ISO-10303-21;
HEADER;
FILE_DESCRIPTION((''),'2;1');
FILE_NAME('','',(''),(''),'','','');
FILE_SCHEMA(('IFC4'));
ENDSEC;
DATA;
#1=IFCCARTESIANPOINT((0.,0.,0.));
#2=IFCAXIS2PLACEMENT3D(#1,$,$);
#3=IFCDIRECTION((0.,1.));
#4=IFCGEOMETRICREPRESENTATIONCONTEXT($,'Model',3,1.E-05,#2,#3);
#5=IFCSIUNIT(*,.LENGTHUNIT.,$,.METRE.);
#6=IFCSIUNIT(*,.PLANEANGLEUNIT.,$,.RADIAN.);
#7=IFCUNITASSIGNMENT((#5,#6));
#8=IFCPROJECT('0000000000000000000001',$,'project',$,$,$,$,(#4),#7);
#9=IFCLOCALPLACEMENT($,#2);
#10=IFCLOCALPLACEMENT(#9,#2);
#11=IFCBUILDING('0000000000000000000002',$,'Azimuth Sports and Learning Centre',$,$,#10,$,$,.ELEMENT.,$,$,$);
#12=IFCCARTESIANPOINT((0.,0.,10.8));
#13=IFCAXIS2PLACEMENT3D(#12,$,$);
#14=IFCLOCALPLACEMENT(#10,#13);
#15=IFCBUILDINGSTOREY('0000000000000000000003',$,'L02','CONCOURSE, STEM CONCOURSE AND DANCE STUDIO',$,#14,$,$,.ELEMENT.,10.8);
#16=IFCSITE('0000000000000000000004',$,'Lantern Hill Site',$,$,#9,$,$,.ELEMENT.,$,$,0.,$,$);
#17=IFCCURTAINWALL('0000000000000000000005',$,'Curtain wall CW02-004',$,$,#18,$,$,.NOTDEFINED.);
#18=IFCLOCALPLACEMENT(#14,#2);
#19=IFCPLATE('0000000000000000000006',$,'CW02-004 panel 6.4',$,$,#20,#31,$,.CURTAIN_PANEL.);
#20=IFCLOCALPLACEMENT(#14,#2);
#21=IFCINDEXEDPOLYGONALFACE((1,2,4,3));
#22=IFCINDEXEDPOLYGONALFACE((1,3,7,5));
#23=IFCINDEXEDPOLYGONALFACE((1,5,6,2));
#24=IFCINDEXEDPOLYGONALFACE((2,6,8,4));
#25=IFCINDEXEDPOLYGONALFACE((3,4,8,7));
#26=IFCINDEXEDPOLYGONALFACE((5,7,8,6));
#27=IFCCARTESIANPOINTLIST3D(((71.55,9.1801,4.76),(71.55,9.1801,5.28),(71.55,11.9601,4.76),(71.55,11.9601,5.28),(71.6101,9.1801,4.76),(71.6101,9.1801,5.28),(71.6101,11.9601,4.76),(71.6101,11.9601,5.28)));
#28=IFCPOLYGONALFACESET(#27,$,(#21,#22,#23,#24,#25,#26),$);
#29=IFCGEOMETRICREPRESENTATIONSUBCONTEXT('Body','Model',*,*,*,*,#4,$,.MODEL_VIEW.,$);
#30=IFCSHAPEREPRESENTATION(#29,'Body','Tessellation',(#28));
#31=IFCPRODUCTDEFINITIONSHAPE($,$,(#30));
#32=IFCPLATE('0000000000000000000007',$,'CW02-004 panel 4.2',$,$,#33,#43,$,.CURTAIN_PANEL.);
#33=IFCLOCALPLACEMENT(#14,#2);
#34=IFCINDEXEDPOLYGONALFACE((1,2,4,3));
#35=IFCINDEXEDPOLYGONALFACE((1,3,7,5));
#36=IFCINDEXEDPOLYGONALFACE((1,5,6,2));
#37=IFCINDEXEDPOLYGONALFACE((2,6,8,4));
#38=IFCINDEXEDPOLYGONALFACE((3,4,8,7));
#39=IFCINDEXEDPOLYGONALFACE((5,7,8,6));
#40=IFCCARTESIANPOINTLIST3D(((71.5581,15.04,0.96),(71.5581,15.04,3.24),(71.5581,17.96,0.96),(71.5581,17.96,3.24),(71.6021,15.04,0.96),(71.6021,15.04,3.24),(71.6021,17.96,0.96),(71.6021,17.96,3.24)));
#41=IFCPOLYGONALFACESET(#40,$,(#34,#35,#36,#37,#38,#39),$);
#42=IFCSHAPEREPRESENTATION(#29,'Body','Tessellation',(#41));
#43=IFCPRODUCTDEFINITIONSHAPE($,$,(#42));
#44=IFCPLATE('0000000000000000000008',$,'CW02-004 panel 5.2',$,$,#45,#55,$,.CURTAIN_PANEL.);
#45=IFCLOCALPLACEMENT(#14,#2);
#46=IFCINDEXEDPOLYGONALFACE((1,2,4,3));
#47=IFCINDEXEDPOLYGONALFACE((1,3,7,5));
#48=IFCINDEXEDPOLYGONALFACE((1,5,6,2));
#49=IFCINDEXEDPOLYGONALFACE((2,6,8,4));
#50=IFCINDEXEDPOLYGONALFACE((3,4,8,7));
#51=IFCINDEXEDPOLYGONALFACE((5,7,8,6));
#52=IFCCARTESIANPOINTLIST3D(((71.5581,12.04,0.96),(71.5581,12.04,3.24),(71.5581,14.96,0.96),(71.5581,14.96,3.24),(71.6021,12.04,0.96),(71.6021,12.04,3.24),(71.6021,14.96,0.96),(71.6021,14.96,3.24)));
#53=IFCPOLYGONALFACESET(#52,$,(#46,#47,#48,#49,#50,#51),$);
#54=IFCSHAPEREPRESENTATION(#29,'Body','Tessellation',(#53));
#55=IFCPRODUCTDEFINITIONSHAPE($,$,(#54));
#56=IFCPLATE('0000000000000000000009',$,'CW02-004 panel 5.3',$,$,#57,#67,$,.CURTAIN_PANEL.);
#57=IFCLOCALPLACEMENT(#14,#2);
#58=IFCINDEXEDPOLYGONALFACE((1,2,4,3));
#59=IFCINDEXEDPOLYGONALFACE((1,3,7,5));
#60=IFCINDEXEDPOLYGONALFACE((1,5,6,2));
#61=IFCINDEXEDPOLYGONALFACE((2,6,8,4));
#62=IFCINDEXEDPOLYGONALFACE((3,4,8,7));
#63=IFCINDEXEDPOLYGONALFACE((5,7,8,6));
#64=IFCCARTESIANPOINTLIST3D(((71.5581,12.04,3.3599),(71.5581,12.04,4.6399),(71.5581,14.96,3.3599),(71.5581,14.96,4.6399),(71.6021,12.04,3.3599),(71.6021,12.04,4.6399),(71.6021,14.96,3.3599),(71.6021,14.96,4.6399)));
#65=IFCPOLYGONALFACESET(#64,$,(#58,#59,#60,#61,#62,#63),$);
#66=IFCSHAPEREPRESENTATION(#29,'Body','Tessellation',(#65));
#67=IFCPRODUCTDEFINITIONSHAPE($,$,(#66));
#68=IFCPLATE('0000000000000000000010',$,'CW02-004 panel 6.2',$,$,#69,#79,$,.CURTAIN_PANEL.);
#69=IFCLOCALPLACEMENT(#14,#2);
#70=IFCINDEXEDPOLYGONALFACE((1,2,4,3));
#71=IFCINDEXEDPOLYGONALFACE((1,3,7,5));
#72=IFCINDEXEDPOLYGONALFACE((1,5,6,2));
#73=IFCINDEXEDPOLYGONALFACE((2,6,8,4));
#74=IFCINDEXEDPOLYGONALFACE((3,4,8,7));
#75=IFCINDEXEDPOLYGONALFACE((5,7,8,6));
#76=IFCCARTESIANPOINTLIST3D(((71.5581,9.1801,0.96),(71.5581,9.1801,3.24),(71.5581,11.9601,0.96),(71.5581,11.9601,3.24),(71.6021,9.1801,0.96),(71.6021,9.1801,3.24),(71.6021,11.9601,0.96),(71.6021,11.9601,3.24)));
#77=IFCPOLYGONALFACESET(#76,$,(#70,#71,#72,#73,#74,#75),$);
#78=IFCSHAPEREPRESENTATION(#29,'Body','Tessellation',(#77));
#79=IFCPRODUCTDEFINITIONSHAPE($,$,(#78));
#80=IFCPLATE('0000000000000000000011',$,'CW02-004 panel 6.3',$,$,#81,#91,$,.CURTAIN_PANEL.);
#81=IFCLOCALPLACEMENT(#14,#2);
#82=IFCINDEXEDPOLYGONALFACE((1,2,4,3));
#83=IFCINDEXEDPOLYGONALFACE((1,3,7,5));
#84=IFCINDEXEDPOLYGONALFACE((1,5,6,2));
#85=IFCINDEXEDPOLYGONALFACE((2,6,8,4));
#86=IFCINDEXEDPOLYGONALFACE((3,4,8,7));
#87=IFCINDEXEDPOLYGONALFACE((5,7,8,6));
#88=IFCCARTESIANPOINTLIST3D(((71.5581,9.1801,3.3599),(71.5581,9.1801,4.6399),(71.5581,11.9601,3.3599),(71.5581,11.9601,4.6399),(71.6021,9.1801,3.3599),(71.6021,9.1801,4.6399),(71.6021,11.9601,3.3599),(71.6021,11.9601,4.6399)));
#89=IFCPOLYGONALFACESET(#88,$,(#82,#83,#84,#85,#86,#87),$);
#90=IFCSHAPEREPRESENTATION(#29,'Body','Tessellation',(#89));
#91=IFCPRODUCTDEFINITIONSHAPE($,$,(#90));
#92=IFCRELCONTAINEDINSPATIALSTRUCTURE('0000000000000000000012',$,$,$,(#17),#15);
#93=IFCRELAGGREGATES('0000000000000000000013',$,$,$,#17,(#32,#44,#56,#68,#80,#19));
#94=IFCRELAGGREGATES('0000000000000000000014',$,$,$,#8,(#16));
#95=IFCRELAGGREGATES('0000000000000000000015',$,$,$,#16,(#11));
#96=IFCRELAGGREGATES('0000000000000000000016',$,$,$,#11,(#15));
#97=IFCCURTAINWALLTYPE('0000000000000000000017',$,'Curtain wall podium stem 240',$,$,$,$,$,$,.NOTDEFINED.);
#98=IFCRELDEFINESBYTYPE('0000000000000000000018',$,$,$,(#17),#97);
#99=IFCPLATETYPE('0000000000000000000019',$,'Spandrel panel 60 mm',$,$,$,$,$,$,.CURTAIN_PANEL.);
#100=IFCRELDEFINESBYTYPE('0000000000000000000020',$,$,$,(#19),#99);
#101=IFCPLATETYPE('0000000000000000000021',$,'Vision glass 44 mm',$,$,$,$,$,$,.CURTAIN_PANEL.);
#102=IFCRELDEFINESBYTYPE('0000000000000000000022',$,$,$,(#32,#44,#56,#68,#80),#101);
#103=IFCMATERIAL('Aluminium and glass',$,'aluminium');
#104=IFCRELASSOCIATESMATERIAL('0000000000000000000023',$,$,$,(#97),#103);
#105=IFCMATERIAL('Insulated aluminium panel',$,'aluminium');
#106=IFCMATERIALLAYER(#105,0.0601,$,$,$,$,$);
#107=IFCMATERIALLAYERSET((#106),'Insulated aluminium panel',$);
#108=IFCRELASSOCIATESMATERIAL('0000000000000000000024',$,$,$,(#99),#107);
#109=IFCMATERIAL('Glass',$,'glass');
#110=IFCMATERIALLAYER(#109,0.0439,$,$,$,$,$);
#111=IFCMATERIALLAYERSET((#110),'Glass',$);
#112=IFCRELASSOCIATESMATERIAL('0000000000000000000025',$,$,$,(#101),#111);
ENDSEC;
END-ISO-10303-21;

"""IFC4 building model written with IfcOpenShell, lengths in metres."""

from ifc_helpers import new_model, si_unit, direction, frame, origin, origin_2d, place, context, subcontext, project, spatial, rectangle, extrude, material, layer, layer_set, type_object, element, aggregate, save


model = new_model("IFC4")

# Units and contexts
model_context = context("Model", 3, precision=1e-05, world=origin(), true_north=direction((0.0, 1.0)))
body_context = subcontext(model_context, "Body", "Model", "MODEL_VIEW")
ifc_project = project(units=[si_unit("LENGTHUNIT", "METRE"), si_unit("PLANEANGLEUNIT", "RADIAN")], contexts=[model_context])

# Site, building, storey
site_placement = place(None, origin())
site = spatial("IfcSite", under=ifc_project, at=site_placement, Name="Lantern Hill Site", CompositionType="ELEMENT", RefElevation=0.0)
building_placement = place(site_placement, origin())
building = spatial("IfcBuilding", under=site, at=building_placement, Name="Azimuth Sports and Learning Centre", CompositionType="ELEMENT")
storey_placement = place(building_placement, frame((0.0, 0.0, 10.8)))
storey = spatial("IfcBuildingStorey", under=building, at=storey_placement, Name="L02", Description="CONCOURSE, STEM CONCOURSE AND DANCE STUDIO", CompositionType="ELEMENT", Elevation=10.8)

# Curtain wall
ifc_material_1 = material(Name="Aluminium and glass", Category="aluminium")
curtain_wall_type = type_object("IfcCurtainWallType", Name="Curtain wall podium stem 240", PredefinedType="NOTDEFINED", material=ifc_material_1)
curtain_wall_placement = place(storey_placement, origin())
curtain_wall = element("IfcCurtainWall", 1, at=curtain_wall_placement, inside=storey, type_object=curtain_wall_type, Name="Curtain wall CW02-004", PredefinedType="NOTDEFINED")

# Plates
ifc_material_2 = material(Name="Insulated aluminium panel", Category="aluminium")
ifc_layer_1 = layer(ifc_material_2, 0.0601)
ifc_layer_set_1 = layer_set([ifc_layer_1], Name="Insulated aluminium panel")
plate_type_1 = type_object("IfcPlateType", Name="Spandrel panel 60 mm", PredefinedType="CURTAIN_PANEL", material=ifc_layer_set_1)
plate_1_placement = place(storey_placement, frame((71.5801, 10.5701, 4.76), z_axis=(0.0, 0.0, 1.0), x_axis=(0.0, -1.0, 0.0)))
plate_1 = element("IfcPlate", 2, at=plate_1_placement, type_object=plate_type_1, Name="CW02-004 panel 6.4", PredefinedType="CURTAIN_PANEL", context=body_context, shape_type="SweptSolid", body=[
    extrude(rectangle(XDim=2.78, YDim=0.0601, at=origin_2d()), origin(), (0.0, 0.0, 1.0), 0.52),
])
ifc_material_3 = material(Name="Glass", Category="glass")
ifc_layer_2 = layer(ifc_material_3, 0.0439)
ifc_layer_set_2 = layer_set([ifc_layer_2], Name="Glass")
plate_type_2 = type_object("IfcPlateType", Name="Vision glass 44 mm", PredefinedType="CURTAIN_PANEL", material=ifc_layer_set_2)
plate_2_placement = place(storey_placement, frame((71.5801, 16.5, 0.96), z_axis=(0.0, 0.0, 1.0), x_axis=(0.0, -1.0, 0.0)))
plate_2 = element("IfcPlate", 3, at=plate_2_placement, type_object=plate_type_2, Name="CW02-004 panel 4.2", PredefinedType="CURTAIN_PANEL", context=body_context, shape_type="SweptSolid", body=[
    extrude(rectangle(XDim=2.9199, YDim=0.0439, at=origin_2d()), origin(), (0.0, 0.0, 1.0), 2.28),
])
plate_3_placement = place(storey_placement, frame((71.5801, 13.5, 0.96), z_axis=(0.0, 0.0, 1.0), x_axis=(0.0, -1.0, 0.0)))
plate_3 = element("IfcPlate", 4, at=plate_3_placement, type_object=plate_type_2, Name="CW02-004 panel 5.2", PredefinedType="CURTAIN_PANEL", context=body_context, shape_type="SweptSolid", body=[
    extrude(rectangle(XDim=2.9199, YDim=0.0439, at=origin_2d()), origin(), (0.0, 0.0, 1.0), 2.28),
])
plate_4_placement = place(storey_placement, frame((71.5801, 13.5, 3.3599), z_axis=(0.0, 0.0, 1.0), x_axis=(0.0, -1.0, 0.0)))
plate_4 = element("IfcPlate", 5, at=plate_4_placement, type_object=plate_type_2, Name="CW02-004 panel 5.3", PredefinedType="CURTAIN_PANEL", context=body_context, shape_type="SweptSolid", body=[
    extrude(rectangle(XDim=2.9199, YDim=0.0439, at=origin_2d()), origin(), (0.0, 0.0, 1.0), 1.28),
])
plate_5_placement = place(storey_placement, frame((71.5801, 10.5701, 0.96), z_axis=(0.0, 0.0, 1.0), x_axis=(0.0, -1.0, 0.0)))
plate_5 = element("IfcPlate", 6, at=plate_5_placement, type_object=plate_type_2, Name="CW02-004 panel 6.2", PredefinedType="CURTAIN_PANEL", context=body_context, shape_type="SweptSolid", body=[
    extrude(rectangle(XDim=2.78, YDim=0.0439, at=origin_2d()), origin(), (0.0, 0.0, 1.0), 2.28),
])
plate_6_placement = place(storey_placement, frame((71.5801, 10.5701, 3.3599), z_axis=(0.0, 0.0, 1.0), x_axis=(0.0, -1.0, 0.0)))
plate_6 = element("IfcPlate", 7, at=plate_6_placement, type_object=plate_type_2, Name="CW02-004 panel 6.3", PredefinedType="CURTAIN_PANEL", context=body_context, shape_type="SweptSolid", body=[
    extrude(rectangle(XDim=2.78, YDim=0.0439, at=origin_2d()), origin(), (0.0, 0.0, 1.0), 1.28),
])
aggregate(curtain_wall, [plate_2, plate_3, plate_4, plate_5, plate_6, plate_1])

save(model, "model.ifc")
